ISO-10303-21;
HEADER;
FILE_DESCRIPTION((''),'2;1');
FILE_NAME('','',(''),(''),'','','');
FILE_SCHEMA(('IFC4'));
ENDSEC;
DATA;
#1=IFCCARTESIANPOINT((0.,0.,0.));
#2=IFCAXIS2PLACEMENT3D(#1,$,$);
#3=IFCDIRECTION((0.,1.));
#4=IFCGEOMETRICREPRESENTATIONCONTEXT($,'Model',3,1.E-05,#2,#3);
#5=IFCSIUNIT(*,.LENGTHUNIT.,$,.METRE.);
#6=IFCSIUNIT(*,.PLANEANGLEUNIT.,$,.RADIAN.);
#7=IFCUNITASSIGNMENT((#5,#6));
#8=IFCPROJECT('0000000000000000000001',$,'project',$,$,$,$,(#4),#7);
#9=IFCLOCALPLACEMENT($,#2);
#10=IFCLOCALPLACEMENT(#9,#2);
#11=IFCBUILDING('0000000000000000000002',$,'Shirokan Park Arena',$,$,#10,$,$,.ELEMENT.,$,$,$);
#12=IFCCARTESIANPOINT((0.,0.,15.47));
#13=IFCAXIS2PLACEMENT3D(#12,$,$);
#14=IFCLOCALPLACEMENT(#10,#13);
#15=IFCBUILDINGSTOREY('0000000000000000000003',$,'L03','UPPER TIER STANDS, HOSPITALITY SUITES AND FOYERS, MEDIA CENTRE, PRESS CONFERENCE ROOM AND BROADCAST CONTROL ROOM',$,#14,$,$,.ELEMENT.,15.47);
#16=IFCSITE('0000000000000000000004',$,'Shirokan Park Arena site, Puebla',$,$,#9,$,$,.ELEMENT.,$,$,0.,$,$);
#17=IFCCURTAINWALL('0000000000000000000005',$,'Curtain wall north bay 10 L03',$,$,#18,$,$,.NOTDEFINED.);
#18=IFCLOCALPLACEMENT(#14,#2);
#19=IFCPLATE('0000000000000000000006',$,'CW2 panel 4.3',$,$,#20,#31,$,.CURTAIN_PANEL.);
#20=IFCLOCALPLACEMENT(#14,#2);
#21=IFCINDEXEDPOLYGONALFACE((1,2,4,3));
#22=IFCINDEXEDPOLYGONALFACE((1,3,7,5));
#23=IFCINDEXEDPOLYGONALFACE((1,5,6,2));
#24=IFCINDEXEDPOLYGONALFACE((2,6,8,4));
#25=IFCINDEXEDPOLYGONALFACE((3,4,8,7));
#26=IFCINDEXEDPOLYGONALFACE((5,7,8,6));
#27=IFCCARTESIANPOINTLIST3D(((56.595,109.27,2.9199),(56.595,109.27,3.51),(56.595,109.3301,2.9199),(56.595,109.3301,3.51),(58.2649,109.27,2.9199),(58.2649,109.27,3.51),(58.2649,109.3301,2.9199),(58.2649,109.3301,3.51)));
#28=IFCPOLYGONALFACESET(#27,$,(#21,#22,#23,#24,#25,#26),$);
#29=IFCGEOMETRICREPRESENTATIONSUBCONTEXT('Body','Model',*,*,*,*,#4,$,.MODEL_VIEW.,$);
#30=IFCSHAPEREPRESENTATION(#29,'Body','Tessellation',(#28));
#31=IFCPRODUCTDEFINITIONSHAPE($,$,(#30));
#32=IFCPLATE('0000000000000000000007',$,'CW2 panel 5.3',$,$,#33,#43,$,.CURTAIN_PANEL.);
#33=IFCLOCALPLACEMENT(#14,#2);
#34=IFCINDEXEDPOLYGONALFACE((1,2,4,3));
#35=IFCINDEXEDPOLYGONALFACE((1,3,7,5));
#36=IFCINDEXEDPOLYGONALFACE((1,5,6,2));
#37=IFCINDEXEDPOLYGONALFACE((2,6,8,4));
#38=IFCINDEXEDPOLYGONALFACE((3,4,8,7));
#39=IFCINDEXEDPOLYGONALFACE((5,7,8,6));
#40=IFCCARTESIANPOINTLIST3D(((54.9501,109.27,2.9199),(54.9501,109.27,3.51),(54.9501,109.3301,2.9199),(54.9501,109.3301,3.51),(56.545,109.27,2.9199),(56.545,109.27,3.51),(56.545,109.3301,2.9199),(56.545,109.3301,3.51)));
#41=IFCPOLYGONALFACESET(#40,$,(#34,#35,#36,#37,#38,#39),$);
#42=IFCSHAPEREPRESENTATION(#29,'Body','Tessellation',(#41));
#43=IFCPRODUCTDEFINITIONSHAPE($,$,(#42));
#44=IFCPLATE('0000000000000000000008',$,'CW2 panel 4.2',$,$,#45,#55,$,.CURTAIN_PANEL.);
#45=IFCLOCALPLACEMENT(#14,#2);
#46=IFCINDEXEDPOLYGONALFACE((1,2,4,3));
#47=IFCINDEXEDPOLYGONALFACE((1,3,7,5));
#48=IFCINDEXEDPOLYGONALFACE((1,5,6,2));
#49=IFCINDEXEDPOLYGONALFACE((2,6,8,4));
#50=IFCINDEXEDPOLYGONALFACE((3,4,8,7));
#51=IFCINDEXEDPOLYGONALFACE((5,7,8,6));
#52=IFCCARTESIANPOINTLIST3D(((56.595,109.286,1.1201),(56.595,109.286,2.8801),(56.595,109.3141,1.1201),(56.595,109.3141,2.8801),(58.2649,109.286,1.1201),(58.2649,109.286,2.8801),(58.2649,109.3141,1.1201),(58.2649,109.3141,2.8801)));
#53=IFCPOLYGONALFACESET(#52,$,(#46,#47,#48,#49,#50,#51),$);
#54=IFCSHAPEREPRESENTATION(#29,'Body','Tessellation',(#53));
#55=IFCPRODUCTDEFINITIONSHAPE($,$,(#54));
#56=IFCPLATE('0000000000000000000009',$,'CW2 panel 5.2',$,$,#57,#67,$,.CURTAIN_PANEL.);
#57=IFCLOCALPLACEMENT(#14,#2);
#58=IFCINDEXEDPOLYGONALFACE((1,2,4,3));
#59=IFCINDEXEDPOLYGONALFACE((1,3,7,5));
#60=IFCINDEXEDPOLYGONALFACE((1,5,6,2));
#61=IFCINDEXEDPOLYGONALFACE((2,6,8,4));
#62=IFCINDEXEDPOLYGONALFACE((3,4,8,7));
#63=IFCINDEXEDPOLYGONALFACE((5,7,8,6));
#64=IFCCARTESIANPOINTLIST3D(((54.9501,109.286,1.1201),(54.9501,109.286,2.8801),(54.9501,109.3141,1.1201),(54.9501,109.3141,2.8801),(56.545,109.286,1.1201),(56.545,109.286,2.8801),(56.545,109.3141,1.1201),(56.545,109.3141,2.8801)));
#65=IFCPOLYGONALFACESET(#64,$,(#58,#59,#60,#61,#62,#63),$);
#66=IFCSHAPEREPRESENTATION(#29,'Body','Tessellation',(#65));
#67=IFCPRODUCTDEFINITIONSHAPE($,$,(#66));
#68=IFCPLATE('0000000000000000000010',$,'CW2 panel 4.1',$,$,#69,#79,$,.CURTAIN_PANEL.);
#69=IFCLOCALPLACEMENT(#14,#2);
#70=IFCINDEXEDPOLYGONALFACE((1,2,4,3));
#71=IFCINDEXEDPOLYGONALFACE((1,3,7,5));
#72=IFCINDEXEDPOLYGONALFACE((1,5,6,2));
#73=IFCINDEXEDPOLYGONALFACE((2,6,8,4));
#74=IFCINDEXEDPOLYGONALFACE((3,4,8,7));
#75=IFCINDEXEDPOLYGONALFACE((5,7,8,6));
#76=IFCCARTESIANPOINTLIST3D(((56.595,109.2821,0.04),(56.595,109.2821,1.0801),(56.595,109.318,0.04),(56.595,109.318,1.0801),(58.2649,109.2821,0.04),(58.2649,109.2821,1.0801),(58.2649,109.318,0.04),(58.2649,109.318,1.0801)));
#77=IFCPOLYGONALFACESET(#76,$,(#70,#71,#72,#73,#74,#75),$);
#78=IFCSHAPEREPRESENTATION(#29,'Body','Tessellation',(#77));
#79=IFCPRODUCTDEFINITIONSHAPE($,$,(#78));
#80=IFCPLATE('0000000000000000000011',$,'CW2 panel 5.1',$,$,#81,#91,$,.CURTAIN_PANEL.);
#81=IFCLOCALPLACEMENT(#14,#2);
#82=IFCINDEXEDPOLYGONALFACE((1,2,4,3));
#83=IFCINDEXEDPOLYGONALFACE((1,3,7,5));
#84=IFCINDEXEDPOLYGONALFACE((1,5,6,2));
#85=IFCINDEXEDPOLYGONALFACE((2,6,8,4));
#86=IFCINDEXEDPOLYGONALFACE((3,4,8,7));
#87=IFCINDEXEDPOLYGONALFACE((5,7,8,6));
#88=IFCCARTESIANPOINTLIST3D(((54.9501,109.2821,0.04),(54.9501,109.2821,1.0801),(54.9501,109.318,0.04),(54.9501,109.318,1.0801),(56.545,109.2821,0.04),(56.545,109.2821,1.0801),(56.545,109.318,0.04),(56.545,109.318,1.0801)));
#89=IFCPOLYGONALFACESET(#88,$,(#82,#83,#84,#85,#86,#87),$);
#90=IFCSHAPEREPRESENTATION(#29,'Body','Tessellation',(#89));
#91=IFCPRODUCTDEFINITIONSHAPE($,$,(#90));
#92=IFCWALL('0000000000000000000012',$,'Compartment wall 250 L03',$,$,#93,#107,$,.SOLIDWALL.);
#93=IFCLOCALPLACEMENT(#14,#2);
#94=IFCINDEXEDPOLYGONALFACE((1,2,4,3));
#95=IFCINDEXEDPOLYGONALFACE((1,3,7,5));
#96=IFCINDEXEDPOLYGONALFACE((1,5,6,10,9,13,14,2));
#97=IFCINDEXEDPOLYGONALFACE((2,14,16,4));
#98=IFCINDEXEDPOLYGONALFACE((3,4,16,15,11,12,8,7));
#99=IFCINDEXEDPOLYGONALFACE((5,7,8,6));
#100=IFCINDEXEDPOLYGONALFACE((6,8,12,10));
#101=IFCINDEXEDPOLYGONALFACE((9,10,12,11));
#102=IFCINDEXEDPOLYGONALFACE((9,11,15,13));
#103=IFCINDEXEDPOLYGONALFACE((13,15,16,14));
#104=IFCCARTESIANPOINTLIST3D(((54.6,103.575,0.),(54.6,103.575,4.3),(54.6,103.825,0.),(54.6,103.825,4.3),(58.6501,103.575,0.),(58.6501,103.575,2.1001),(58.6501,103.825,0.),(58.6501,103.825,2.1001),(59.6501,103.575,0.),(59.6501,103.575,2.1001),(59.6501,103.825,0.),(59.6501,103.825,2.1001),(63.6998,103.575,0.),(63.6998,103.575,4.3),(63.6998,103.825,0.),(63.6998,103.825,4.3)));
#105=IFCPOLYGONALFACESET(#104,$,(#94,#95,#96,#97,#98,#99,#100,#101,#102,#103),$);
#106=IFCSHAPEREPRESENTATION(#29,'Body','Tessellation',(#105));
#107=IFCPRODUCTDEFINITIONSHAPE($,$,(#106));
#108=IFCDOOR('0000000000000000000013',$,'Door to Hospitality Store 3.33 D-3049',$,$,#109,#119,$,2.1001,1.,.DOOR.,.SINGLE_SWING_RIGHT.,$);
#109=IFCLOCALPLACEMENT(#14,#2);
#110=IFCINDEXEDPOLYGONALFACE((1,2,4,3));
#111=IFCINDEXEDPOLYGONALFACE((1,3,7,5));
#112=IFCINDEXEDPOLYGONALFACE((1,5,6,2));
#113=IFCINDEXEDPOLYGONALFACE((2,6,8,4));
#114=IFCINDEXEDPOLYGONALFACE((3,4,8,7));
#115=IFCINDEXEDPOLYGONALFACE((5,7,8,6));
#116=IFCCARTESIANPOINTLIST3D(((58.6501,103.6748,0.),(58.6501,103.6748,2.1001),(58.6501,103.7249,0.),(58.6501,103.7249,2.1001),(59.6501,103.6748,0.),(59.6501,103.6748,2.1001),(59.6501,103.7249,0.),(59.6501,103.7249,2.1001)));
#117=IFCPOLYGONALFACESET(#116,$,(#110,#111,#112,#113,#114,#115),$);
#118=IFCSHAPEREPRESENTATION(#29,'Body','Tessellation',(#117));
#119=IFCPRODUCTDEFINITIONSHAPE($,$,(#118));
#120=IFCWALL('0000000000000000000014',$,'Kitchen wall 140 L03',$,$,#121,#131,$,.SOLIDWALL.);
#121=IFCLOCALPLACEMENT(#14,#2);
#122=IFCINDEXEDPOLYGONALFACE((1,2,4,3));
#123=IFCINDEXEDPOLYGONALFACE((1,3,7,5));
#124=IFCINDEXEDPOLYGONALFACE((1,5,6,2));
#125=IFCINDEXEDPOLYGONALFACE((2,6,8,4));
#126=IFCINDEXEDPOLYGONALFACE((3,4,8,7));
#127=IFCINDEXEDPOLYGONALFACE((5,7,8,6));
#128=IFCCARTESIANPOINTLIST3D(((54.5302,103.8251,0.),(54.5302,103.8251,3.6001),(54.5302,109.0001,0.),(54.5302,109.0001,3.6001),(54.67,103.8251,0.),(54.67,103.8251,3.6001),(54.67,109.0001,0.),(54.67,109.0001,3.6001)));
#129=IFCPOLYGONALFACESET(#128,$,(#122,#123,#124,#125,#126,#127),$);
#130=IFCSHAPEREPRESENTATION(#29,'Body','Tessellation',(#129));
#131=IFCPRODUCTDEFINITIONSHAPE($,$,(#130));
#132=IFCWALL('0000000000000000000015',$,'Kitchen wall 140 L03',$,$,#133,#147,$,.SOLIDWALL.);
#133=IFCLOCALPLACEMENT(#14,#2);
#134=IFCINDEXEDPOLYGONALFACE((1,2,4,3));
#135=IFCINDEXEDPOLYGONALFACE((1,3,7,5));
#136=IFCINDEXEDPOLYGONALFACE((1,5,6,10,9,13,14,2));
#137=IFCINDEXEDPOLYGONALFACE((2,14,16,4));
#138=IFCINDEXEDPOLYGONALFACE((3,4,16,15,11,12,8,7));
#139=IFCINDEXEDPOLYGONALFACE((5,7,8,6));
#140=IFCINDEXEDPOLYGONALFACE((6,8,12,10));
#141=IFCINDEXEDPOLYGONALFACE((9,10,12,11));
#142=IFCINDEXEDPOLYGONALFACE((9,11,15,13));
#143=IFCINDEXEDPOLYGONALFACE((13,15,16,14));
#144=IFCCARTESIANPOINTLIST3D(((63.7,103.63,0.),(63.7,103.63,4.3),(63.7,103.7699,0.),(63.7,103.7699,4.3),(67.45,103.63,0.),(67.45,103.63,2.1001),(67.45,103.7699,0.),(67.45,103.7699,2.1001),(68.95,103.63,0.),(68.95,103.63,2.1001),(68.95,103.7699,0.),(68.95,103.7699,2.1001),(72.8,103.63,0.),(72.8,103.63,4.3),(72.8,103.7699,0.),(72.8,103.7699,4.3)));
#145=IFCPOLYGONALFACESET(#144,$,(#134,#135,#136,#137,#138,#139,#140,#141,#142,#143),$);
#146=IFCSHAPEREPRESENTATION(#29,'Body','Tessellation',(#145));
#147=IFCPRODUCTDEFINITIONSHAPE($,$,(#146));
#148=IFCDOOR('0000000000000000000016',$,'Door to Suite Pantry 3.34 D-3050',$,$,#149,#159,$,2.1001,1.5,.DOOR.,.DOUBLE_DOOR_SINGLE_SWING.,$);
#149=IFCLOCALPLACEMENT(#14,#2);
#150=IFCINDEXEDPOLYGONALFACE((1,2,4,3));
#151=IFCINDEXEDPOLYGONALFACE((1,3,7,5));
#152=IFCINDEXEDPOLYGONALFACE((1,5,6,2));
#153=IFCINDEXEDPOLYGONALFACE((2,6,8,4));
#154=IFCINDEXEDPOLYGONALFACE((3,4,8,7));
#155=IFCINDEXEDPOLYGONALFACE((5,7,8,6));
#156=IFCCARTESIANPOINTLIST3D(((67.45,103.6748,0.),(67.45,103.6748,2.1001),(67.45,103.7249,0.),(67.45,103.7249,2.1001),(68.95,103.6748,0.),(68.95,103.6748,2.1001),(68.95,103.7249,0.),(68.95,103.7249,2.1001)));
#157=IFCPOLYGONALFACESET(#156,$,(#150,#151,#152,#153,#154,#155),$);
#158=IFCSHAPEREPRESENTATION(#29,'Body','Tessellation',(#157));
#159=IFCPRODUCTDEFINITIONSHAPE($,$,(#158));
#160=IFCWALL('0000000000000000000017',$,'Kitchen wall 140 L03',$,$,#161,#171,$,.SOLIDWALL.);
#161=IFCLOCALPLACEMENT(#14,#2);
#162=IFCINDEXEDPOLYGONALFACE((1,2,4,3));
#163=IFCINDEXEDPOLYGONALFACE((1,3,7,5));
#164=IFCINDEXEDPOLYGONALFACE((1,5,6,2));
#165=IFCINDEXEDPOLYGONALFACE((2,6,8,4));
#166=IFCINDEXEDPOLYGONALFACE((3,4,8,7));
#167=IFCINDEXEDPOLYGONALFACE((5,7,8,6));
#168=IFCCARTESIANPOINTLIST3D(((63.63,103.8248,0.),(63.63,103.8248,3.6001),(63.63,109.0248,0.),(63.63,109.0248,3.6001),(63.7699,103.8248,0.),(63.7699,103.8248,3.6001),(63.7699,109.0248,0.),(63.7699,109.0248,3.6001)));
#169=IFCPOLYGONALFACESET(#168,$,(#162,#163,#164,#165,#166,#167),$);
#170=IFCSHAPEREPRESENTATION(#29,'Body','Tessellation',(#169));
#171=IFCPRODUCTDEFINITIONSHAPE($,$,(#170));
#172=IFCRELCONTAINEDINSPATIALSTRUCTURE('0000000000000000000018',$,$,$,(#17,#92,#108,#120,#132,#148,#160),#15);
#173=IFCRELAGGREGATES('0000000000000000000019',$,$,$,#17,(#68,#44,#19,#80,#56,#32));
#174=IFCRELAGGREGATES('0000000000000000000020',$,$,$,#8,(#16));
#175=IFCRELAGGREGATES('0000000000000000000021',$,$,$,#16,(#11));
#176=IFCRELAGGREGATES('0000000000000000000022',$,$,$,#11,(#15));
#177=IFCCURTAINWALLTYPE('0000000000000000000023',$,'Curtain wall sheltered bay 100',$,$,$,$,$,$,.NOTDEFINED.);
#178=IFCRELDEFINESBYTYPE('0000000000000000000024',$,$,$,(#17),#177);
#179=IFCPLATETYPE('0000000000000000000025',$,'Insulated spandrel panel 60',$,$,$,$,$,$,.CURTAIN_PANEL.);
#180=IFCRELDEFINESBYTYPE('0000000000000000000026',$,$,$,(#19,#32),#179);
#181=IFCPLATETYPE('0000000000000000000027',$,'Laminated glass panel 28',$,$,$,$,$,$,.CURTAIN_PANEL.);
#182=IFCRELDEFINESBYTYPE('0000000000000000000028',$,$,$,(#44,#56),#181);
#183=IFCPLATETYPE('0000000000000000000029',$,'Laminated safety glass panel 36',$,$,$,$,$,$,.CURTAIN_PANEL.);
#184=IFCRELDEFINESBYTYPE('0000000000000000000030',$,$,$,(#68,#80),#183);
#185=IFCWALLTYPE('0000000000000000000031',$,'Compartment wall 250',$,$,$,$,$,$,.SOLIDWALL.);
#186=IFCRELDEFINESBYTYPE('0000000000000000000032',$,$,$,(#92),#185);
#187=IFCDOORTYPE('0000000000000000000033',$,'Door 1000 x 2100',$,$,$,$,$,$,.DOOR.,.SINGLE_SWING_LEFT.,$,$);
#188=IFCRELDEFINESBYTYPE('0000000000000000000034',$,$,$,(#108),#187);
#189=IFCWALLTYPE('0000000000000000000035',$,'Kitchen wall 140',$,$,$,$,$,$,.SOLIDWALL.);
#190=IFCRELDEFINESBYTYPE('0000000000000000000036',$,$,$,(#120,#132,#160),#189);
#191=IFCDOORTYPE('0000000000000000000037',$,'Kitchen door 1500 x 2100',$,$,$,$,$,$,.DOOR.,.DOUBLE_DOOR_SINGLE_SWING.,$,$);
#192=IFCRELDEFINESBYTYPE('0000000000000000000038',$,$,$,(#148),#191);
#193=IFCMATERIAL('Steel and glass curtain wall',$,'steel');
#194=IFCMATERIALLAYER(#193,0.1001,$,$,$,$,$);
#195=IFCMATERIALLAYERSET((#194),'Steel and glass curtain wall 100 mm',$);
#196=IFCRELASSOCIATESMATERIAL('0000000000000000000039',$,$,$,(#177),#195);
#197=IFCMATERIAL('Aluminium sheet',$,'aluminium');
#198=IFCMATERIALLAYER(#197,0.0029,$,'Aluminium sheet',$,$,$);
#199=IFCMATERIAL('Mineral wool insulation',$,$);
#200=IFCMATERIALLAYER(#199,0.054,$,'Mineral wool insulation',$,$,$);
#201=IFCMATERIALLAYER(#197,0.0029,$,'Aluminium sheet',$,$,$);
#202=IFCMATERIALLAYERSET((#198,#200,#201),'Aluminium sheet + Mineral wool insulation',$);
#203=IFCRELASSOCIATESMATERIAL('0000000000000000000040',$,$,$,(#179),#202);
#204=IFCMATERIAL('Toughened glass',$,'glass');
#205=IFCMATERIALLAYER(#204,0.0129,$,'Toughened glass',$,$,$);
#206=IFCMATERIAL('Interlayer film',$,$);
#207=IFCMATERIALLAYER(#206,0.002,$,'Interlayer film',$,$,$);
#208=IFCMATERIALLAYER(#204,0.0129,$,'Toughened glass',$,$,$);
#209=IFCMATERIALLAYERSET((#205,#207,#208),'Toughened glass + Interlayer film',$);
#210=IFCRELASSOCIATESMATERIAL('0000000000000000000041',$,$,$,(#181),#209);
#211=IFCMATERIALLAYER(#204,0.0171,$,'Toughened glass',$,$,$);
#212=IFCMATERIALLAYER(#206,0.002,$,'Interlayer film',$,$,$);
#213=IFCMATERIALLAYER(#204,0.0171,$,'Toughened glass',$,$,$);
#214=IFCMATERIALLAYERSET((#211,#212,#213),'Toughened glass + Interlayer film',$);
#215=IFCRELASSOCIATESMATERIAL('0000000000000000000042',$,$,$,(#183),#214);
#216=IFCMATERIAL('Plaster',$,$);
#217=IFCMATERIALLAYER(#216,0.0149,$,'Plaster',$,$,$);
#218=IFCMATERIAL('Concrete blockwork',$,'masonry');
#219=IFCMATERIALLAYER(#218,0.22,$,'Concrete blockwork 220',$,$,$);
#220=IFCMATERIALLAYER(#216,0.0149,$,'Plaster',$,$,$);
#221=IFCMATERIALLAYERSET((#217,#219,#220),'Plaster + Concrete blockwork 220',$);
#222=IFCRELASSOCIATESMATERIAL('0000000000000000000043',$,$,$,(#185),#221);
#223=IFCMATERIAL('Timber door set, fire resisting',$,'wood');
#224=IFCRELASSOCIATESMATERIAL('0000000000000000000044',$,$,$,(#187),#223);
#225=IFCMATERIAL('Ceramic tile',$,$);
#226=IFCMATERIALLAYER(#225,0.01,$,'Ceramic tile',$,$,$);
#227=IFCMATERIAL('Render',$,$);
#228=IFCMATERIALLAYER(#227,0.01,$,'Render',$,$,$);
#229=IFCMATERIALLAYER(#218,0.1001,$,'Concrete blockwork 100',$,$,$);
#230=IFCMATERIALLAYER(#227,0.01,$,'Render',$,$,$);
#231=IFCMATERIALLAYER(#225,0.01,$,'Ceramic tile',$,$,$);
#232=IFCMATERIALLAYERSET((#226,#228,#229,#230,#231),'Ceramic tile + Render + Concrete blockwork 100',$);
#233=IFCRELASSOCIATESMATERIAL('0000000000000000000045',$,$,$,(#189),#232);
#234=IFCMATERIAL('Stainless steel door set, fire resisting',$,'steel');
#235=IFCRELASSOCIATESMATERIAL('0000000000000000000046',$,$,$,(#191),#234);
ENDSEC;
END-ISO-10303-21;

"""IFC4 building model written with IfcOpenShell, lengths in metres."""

from ifc_helpers import new_model, si_unit, direction, frame, frame_2d, origin, origin_2d, place, context, subcontext, project, spatial, rectangle, extrude, material, layer, layer_set, type_object, element, fill, aggregate, save


model = new_model("IFC4")

# Units and contexts
model_context = context("Model", 3, precision=1e-05, world=origin(), true_north=direction((0.0, 1.0)))
body_context = subcontext(model_context, "Body", "Model", "MODEL_VIEW")
ifc_project = project(units=[si_unit("LENGTHUNIT", "METRE"), si_unit("PLANEANGLEUNIT", "RADIAN")], contexts=[model_context])

# Site, building, storey
site_placement = place(None, origin())
site = spatial("IfcSite", under=ifc_project, at=site_placement, Name="Shirokan Park Arena site, Puebla", CompositionType="ELEMENT", RefElevation=0.0)
building_placement = place(site_placement, origin())
building = spatial("IfcBuilding", under=site, at=building_placement, Name="Shirokan Park Arena", CompositionType="ELEMENT")
storey_placement = place(building_placement, frame((0.0, 0.0, 15.47)))
storey = spatial("IfcBuildingStorey", under=building, at=storey_placement, Name="L03", Description="UPPER TIER STANDS, HOSPITALITY SUITES AND FOYERS, MEDIA CENTRE, PRESS CONFERENCE ROOM AND BROADCAST CONTROL ROOM", CompositionType="ELEMENT", Elevation=15.47)

# Curtain wall
ifc_material_1 = material(Name="Steel and glass curtain wall", Category="steel")
ifc_layer_1 = layer(ifc_material_1, 0.1001)
ifc_layer_set_1 = layer_set([ifc_layer_1], Name="Steel and glass curtain wall 100 mm")
curtain_wall_type = type_object("IfcCurtainWallType", Name="Curtain wall sheltered bay 100", PredefinedType="NOTDEFINED", material=ifc_layer_set_1)
curtain_wall_placement = place(storey_placement, origin())
curtain_wall = element("IfcCurtainWall", 1, at=curtain_wall_placement, inside=storey, type_object=curtain_wall_type, Name="Curtain wall north bay 10 L03", PredefinedType="NOTDEFINED")

# Plates
ifc_material_2 = material(Name="Aluminium sheet", Category="aluminium")
ifc_layer_2 = layer(ifc_material_2, 0.0029, Name="Aluminium sheet")
ifc_material_3 = material(Name="Mineral wool insulation")
ifc_layer_3 = layer(ifc_material_3, 0.054, Name="Mineral wool insulation")
ifc_layer_4 = layer(ifc_material_2, 0.0029, Name="Aluminium sheet")
ifc_layer_set_2 = layer_set([ifc_layer_2, ifc_layer_3, ifc_layer_4], Name="Aluminium sheet + Mineral wool insulation")
plate_type_1 = type_object("IfcPlateType", Name="Insulated spandrel panel 60", PredefinedType="CURTAIN_PANEL", material=ifc_layer_set_2)
plate_1_placement = place(storey_placement, frame((57.4299, 109.3, 2.9199), z_axis=(0.0, 0.0, 1.0), x_axis=(-1.0, 0.0, 0.0)))
plate_1 = element("IfcPlate", 2, at=plate_1_placement, type_object=plate_type_1, Name="CW2 panel 4.3", PredefinedType="CURTAIN_PANEL", context=body_context, shape_type="SweptSolid", body=[
    extrude(rectangle(XDim=1.6699, YDim=0.0601, at=origin_2d()), origin(), (0.0, 0.0, 1.0), 0.5901),
])
plate_2_placement = place(storey_placement, frame((55.7476, 109.3, 2.9199), z_axis=(0.0, 0.0, 1.0), x_axis=(-1.0, 0.0, 0.0)))
plate_2 = element("IfcPlate", 3, at=plate_2_placement, type_object=plate_type_1, Name="CW2 panel 5.3", PredefinedType="CURTAIN_PANEL", context=body_context, shape_type="SweptSolid", body=[
    extrude(rectangle(XDim=1.595, YDim=0.0601, at=origin_2d()), origin(), (0.0, 0.0, 1.0), 0.5901),
])
ifc_material_4 = material(Name="Toughened glass", Category="glass")
ifc_layer_5 = layer(ifc_material_4, 0.0129, Name="Toughened glass")
ifc_material_5 = material(Name="Interlayer film")
ifc_layer_6 = layer(ifc_material_5, 0.002, Name="Interlayer film")
ifc_layer_7 = layer(ifc_material_4, 0.0129, Name="Toughened glass")
ifc_layer_set_3 = layer_set([ifc_layer_5, ifc_layer_6, ifc_layer_7], Name="Toughened glass + Interlayer film")
plate_type_2 = type_object("IfcPlateType", Name="Laminated glass panel 28", PredefinedType="CURTAIN_PANEL", material=ifc_layer_set_3)
plate_3_placement = place(storey_placement, frame((57.4299, 109.3, 1.1201), z_axis=(0.0, 0.0, 1.0), x_axis=(-1.0, 0.0, 0.0)))
plate_3 = element("IfcPlate", 4, at=plate_3_placement, type_object=plate_type_2, Name="CW2 panel 4.2", PredefinedType="CURTAIN_PANEL", context=body_context, shape_type="SweptSolid", body=[
    extrude(rectangle(XDim=1.6699, YDim=0.0281, at=origin_2d()), origin(), (0.0, 0.0, 1.0), 1.76),
])
plate_4_placement = place(storey_placement, frame((55.7476, 109.3, 1.1201), z_axis=(0.0, 0.0, 1.0), x_axis=(-1.0, 0.0, 0.0)))
plate_4 = element("IfcPlate", 5, at=plate_4_placement, type_object=plate_type_2, Name="CW2 panel 5.2", PredefinedType="CURTAIN_PANEL", context=body_context, shape_type="SweptSolid", body=[
    extrude(rectangle(XDim=1.595, YDim=0.0281, at=origin_2d()), origin(), (0.0, 0.0, 1.0), 1.76),
])
ifc_layer_8 = layer(ifc_material_4, 0.0171, Name="Toughened glass")
ifc_layer_9 = layer(ifc_material_5, 0.002, Name="Interlayer film")
ifc_layer_10 = layer(ifc_material_4, 0.0171, Name="Toughened glass")
ifc_layer_set_4 = layer_set([ifc_layer_8, ifc_layer_9, ifc_layer_10], Name="Toughened glass + Interlayer film")
plate_type_3 = type_object("IfcPlateType", Name="Laminated safety glass panel 36", PredefinedType="CURTAIN_PANEL", material=ifc_layer_set_4)
plate_5_placement = place(storey_placement, frame((57.4299, 109.3, 0.04), z_axis=(0.0, 0.0, 1.0), x_axis=(-1.0, 0.0, 0.0)))
plate_5 = element("IfcPlate", 6, at=plate_5_placement, type_object=plate_type_3, Name="CW2 panel 4.1", PredefinedType="CURTAIN_PANEL", context=body_context, shape_type="SweptSolid", body=[
    extrude(rectangle(XDim=1.6699, YDim=0.0359, at=origin_2d()), origin(), (0.0, 0.0, 1.0), 1.04),
])
plate_6_placement = place(storey_placement, frame((55.7476, 109.3, 0.04), z_axis=(0.0, 0.0, 1.0), x_axis=(-1.0, 0.0, 0.0)))
plate_6 = element("IfcPlate", 7, at=plate_6_placement, type_object=plate_type_3, Name="CW2 panel 5.1", PredefinedType="CURTAIN_PANEL", context=body_context, shape_type="SweptSolid", body=[
    extrude(rectangle(XDim=1.595, YDim=0.0359, at=origin_2d()), origin(), (0.0, 0.0, 1.0), 1.04),
])
aggregate(curtain_wall, [plate_5, plate_3, plate_1, plate_6, plate_4, plate_2])

# Wall, opening, door
ifc_material_6 = material(Name="Plaster")
ifc_layer_11 = layer(ifc_material_6, 0.0149, Name="Plaster")
ifc_material_7 = material(Name="Concrete blockwork", Category="masonry")
ifc_layer_12 = layer(ifc_material_7, 0.22, Name="Concrete blockwork 220")
ifc_layer_13 = layer(ifc_material_6, 0.0149, Name="Plaster")
ifc_layer_set_5 = layer_set([ifc_layer_11, ifc_layer_12, ifc_layer_13], Name="Plaster + Concrete blockwork 220")
wall_type_1 = type_object("IfcWallType", Name="Compartment wall 250", PredefinedType="SOLIDWALL", material=ifc_layer_set_5)
wall_1_placement = place(storey_placement, frame((54.6001, 103.7, 0.0), z_axis=(0.0, 0.0, 1.0), x_axis=(1.0, 0.0, 0.0)))
wall_1 = element("IfcWall", 8, at=wall_1_placement, inside=storey, type_object=wall_type_1, Name="Compartment wall 250 L03", PredefinedType="SOLIDWALL", context=body_context, shape_type="SweptSolid", body=[
    extrude(rectangle(XDim=9.0999, YDim=0.25, at=frame_2d((4.5498, 0.0))), origin(), (0.0, 0.0, 1.0), 4.3),
])
opening_1_placement = place(wall_1_placement, frame((4.05, 0.0, 0.0)))
opening_1 = element("IfcOpeningElement", 9, at=opening_1_placement, cuts=wall_1, PredefinedType="OPENING", context=body_context, shape_type="SweptSolid", body=[
    extrude(rectangle(XDim=1.0, YDim=2.1001, at=frame_2d((0.5, 1.05))), frame((0.0, 0.135, 0.0), z_axis=(0.0, -1.0, 0.0), x_axis=(1.0, 0.0, 0.0)), (0.0, 0.0, 1.0), 0.27),
])
ifc_material_8 = material(Name="Timber door set, fire resisting", Category="wood")
door_type_1 = type_object("IfcDoorType", Name="Door 1000 x 2100", OperationType="SINGLE_SWING_LEFT", PredefinedType="DOOR", material=ifc_material_8)
door_1_placement = place(opening_1_placement, origin())
door_1 = element("IfcDoor", 10, at=door_1_placement, inside=storey, type_object=door_type_1, Name="Door to Hospitality Store 3.33 D-3049", OperationType="SINGLE_SWING_RIGHT", OverallHeight=2.1001, OverallWidth=1.0, PredefinedType="DOOR", context=body_context, shape_type="SweptSolid", body=[
    extrude(rectangle(XDim=1.0, YDim=2.1001, at=frame_2d((0.5, 1.05))), frame((0.0, 0.0249, 0.0), z_axis=(0.0, -1.0, 0.0), x_axis=(1.0, 0.0, 0.0)), (0.0, 0.0, 1.0), 0.05),
])
fill(opening_1, door_1)

# Wall
ifc_material_9 = material(Name="Ceramic tile")
ifc_layer_14 = layer(ifc_material_9, 0.01, Name="Ceramic tile")
ifc_material_10 = material(Name="Render")
ifc_layer_15 = layer(ifc_material_10, 0.01, Name="Render")
ifc_layer_16 = layer(ifc_material_7, 0.1001, Name="Concrete blockwork 100")
ifc_layer_17 = layer(ifc_material_10, 0.01, Name="Render")
ifc_layer_18 = layer(ifc_material_9, 0.01, Name="Ceramic tile")
ifc_layer_set_6 = layer_set([ifc_layer_14, ifc_layer_15, ifc_layer_16, ifc_layer_17, ifc_layer_18], Name="Ceramic tile + Render + Concrete blockwork 100")
wall_type_2 = type_object("IfcWallType", Name="Kitchen wall 140", PredefinedType="SOLIDWALL", material=ifc_layer_set_6)
wall_2_placement = place(storey_placement, frame((54.6001, 109.0, 0.0), z_axis=(0.0, 0.0, 1.0), x_axis=(0.0, -1.0, 0.0)))
element("IfcWall", 11, at=wall_2_placement, inside=storey, type_object=wall_type_2, Name="Kitchen wall 140 L03", PredefinedType="SOLIDWALL", context=body_context, shape_type="SweptSolid", body=[
    extrude(rectangle(XDim=5.175, YDim=0.1399, at=frame_2d((2.5874, 0.0))), origin(), (0.0, 0.0, 1.0), 3.6001),
])

# Wall, opening, door
wall_3_placement = place(storey_placement, frame((63.7, 103.7, 0.0), z_axis=(0.0, 0.0, 1.0), x_axis=(1.0, 0.0, 0.0)))
wall_3 = element("IfcWall", 12, at=wall_3_placement, inside=storey, type_object=wall_type_2, Name="Kitchen wall 140 L03", PredefinedType="SOLIDWALL", context=body_context, shape_type="SweptSolid", body=[
    extrude(rectangle(XDim=9.1001, YDim=0.1399, at=frame_2d((4.55, 0.0))), origin(), (0.0, 0.0, 1.0), 4.3),
])
opening_2_placement = place(wall_3_placement, frame((3.75, 0.0, 0.0)))
opening_2 = element("IfcOpeningElement", 13, at=opening_2_placement, cuts=wall_3, PredefinedType="OPENING", context=body_context, shape_type="SweptSolid", body=[
    extrude(rectangle(XDim=1.5, YDim=2.1001, at=frame_2d((0.75, 1.05))), frame((0.0, 0.0798, 0.0), z_axis=(0.0, -1.0, 0.0), x_axis=(1.0, 0.0, 0.0)), (0.0, 0.0, 1.0), 0.1599),
])
ifc_material_11 = material(Name="Stainless steel door set, fire resisting", Category="steel")
door_type_2 = type_object("IfcDoorType", Name="Kitchen door 1500 x 2100", OperationType="DOUBLE_DOOR_SINGLE_SWING", PredefinedType="DOOR", material=ifc_material_11)
door_2_placement = place(opening_2_placement, origin())
door_2 = element("IfcDoor", 14, at=door_2_placement, inside=storey, type_object=door_type_2, Name="Door to Suite Pantry 3.34 D-3050", OperationType="DOUBLE_DOOR_SINGLE_SWING", OverallHeight=2.1001, OverallWidth=1.5, PredefinedType="DOOR", context=body_context, shape_type="SweptSolid", body=[
    extrude(rectangle(XDim=1.5, YDim=2.1001, at=frame_2d((0.75, 1.05))), frame((0.0, 0.0249, 0.0), z_axis=(0.0, -1.0, 0.0), x_axis=(1.0, 0.0, 0.0)), (0.0, 0.0, 1.0), 0.05),
])
fill(opening_2, door_2)

# Wall
wall_4_placement = place(storey_placement, frame((63.7, 109.0249, 0.0), z_axis=(0.0, 0.0, 1.0), x_axis=(0.0, -1.0, 0.0)))
element("IfcWall", 15, at=wall_4_placement, inside=storey, type_object=wall_type_2, Name="Kitchen wall 140 L03", PredefinedType="SOLIDWALL", context=body_context, shape_type="SweptSolid", body=[
    extrude(rectangle(XDim=5.2, YDim=0.1399, at=frame_2d((2.6001, 0.0))), origin(), (0.0, 0.0, 1.0), 3.6001),
])

save(model, "model.ifc")
